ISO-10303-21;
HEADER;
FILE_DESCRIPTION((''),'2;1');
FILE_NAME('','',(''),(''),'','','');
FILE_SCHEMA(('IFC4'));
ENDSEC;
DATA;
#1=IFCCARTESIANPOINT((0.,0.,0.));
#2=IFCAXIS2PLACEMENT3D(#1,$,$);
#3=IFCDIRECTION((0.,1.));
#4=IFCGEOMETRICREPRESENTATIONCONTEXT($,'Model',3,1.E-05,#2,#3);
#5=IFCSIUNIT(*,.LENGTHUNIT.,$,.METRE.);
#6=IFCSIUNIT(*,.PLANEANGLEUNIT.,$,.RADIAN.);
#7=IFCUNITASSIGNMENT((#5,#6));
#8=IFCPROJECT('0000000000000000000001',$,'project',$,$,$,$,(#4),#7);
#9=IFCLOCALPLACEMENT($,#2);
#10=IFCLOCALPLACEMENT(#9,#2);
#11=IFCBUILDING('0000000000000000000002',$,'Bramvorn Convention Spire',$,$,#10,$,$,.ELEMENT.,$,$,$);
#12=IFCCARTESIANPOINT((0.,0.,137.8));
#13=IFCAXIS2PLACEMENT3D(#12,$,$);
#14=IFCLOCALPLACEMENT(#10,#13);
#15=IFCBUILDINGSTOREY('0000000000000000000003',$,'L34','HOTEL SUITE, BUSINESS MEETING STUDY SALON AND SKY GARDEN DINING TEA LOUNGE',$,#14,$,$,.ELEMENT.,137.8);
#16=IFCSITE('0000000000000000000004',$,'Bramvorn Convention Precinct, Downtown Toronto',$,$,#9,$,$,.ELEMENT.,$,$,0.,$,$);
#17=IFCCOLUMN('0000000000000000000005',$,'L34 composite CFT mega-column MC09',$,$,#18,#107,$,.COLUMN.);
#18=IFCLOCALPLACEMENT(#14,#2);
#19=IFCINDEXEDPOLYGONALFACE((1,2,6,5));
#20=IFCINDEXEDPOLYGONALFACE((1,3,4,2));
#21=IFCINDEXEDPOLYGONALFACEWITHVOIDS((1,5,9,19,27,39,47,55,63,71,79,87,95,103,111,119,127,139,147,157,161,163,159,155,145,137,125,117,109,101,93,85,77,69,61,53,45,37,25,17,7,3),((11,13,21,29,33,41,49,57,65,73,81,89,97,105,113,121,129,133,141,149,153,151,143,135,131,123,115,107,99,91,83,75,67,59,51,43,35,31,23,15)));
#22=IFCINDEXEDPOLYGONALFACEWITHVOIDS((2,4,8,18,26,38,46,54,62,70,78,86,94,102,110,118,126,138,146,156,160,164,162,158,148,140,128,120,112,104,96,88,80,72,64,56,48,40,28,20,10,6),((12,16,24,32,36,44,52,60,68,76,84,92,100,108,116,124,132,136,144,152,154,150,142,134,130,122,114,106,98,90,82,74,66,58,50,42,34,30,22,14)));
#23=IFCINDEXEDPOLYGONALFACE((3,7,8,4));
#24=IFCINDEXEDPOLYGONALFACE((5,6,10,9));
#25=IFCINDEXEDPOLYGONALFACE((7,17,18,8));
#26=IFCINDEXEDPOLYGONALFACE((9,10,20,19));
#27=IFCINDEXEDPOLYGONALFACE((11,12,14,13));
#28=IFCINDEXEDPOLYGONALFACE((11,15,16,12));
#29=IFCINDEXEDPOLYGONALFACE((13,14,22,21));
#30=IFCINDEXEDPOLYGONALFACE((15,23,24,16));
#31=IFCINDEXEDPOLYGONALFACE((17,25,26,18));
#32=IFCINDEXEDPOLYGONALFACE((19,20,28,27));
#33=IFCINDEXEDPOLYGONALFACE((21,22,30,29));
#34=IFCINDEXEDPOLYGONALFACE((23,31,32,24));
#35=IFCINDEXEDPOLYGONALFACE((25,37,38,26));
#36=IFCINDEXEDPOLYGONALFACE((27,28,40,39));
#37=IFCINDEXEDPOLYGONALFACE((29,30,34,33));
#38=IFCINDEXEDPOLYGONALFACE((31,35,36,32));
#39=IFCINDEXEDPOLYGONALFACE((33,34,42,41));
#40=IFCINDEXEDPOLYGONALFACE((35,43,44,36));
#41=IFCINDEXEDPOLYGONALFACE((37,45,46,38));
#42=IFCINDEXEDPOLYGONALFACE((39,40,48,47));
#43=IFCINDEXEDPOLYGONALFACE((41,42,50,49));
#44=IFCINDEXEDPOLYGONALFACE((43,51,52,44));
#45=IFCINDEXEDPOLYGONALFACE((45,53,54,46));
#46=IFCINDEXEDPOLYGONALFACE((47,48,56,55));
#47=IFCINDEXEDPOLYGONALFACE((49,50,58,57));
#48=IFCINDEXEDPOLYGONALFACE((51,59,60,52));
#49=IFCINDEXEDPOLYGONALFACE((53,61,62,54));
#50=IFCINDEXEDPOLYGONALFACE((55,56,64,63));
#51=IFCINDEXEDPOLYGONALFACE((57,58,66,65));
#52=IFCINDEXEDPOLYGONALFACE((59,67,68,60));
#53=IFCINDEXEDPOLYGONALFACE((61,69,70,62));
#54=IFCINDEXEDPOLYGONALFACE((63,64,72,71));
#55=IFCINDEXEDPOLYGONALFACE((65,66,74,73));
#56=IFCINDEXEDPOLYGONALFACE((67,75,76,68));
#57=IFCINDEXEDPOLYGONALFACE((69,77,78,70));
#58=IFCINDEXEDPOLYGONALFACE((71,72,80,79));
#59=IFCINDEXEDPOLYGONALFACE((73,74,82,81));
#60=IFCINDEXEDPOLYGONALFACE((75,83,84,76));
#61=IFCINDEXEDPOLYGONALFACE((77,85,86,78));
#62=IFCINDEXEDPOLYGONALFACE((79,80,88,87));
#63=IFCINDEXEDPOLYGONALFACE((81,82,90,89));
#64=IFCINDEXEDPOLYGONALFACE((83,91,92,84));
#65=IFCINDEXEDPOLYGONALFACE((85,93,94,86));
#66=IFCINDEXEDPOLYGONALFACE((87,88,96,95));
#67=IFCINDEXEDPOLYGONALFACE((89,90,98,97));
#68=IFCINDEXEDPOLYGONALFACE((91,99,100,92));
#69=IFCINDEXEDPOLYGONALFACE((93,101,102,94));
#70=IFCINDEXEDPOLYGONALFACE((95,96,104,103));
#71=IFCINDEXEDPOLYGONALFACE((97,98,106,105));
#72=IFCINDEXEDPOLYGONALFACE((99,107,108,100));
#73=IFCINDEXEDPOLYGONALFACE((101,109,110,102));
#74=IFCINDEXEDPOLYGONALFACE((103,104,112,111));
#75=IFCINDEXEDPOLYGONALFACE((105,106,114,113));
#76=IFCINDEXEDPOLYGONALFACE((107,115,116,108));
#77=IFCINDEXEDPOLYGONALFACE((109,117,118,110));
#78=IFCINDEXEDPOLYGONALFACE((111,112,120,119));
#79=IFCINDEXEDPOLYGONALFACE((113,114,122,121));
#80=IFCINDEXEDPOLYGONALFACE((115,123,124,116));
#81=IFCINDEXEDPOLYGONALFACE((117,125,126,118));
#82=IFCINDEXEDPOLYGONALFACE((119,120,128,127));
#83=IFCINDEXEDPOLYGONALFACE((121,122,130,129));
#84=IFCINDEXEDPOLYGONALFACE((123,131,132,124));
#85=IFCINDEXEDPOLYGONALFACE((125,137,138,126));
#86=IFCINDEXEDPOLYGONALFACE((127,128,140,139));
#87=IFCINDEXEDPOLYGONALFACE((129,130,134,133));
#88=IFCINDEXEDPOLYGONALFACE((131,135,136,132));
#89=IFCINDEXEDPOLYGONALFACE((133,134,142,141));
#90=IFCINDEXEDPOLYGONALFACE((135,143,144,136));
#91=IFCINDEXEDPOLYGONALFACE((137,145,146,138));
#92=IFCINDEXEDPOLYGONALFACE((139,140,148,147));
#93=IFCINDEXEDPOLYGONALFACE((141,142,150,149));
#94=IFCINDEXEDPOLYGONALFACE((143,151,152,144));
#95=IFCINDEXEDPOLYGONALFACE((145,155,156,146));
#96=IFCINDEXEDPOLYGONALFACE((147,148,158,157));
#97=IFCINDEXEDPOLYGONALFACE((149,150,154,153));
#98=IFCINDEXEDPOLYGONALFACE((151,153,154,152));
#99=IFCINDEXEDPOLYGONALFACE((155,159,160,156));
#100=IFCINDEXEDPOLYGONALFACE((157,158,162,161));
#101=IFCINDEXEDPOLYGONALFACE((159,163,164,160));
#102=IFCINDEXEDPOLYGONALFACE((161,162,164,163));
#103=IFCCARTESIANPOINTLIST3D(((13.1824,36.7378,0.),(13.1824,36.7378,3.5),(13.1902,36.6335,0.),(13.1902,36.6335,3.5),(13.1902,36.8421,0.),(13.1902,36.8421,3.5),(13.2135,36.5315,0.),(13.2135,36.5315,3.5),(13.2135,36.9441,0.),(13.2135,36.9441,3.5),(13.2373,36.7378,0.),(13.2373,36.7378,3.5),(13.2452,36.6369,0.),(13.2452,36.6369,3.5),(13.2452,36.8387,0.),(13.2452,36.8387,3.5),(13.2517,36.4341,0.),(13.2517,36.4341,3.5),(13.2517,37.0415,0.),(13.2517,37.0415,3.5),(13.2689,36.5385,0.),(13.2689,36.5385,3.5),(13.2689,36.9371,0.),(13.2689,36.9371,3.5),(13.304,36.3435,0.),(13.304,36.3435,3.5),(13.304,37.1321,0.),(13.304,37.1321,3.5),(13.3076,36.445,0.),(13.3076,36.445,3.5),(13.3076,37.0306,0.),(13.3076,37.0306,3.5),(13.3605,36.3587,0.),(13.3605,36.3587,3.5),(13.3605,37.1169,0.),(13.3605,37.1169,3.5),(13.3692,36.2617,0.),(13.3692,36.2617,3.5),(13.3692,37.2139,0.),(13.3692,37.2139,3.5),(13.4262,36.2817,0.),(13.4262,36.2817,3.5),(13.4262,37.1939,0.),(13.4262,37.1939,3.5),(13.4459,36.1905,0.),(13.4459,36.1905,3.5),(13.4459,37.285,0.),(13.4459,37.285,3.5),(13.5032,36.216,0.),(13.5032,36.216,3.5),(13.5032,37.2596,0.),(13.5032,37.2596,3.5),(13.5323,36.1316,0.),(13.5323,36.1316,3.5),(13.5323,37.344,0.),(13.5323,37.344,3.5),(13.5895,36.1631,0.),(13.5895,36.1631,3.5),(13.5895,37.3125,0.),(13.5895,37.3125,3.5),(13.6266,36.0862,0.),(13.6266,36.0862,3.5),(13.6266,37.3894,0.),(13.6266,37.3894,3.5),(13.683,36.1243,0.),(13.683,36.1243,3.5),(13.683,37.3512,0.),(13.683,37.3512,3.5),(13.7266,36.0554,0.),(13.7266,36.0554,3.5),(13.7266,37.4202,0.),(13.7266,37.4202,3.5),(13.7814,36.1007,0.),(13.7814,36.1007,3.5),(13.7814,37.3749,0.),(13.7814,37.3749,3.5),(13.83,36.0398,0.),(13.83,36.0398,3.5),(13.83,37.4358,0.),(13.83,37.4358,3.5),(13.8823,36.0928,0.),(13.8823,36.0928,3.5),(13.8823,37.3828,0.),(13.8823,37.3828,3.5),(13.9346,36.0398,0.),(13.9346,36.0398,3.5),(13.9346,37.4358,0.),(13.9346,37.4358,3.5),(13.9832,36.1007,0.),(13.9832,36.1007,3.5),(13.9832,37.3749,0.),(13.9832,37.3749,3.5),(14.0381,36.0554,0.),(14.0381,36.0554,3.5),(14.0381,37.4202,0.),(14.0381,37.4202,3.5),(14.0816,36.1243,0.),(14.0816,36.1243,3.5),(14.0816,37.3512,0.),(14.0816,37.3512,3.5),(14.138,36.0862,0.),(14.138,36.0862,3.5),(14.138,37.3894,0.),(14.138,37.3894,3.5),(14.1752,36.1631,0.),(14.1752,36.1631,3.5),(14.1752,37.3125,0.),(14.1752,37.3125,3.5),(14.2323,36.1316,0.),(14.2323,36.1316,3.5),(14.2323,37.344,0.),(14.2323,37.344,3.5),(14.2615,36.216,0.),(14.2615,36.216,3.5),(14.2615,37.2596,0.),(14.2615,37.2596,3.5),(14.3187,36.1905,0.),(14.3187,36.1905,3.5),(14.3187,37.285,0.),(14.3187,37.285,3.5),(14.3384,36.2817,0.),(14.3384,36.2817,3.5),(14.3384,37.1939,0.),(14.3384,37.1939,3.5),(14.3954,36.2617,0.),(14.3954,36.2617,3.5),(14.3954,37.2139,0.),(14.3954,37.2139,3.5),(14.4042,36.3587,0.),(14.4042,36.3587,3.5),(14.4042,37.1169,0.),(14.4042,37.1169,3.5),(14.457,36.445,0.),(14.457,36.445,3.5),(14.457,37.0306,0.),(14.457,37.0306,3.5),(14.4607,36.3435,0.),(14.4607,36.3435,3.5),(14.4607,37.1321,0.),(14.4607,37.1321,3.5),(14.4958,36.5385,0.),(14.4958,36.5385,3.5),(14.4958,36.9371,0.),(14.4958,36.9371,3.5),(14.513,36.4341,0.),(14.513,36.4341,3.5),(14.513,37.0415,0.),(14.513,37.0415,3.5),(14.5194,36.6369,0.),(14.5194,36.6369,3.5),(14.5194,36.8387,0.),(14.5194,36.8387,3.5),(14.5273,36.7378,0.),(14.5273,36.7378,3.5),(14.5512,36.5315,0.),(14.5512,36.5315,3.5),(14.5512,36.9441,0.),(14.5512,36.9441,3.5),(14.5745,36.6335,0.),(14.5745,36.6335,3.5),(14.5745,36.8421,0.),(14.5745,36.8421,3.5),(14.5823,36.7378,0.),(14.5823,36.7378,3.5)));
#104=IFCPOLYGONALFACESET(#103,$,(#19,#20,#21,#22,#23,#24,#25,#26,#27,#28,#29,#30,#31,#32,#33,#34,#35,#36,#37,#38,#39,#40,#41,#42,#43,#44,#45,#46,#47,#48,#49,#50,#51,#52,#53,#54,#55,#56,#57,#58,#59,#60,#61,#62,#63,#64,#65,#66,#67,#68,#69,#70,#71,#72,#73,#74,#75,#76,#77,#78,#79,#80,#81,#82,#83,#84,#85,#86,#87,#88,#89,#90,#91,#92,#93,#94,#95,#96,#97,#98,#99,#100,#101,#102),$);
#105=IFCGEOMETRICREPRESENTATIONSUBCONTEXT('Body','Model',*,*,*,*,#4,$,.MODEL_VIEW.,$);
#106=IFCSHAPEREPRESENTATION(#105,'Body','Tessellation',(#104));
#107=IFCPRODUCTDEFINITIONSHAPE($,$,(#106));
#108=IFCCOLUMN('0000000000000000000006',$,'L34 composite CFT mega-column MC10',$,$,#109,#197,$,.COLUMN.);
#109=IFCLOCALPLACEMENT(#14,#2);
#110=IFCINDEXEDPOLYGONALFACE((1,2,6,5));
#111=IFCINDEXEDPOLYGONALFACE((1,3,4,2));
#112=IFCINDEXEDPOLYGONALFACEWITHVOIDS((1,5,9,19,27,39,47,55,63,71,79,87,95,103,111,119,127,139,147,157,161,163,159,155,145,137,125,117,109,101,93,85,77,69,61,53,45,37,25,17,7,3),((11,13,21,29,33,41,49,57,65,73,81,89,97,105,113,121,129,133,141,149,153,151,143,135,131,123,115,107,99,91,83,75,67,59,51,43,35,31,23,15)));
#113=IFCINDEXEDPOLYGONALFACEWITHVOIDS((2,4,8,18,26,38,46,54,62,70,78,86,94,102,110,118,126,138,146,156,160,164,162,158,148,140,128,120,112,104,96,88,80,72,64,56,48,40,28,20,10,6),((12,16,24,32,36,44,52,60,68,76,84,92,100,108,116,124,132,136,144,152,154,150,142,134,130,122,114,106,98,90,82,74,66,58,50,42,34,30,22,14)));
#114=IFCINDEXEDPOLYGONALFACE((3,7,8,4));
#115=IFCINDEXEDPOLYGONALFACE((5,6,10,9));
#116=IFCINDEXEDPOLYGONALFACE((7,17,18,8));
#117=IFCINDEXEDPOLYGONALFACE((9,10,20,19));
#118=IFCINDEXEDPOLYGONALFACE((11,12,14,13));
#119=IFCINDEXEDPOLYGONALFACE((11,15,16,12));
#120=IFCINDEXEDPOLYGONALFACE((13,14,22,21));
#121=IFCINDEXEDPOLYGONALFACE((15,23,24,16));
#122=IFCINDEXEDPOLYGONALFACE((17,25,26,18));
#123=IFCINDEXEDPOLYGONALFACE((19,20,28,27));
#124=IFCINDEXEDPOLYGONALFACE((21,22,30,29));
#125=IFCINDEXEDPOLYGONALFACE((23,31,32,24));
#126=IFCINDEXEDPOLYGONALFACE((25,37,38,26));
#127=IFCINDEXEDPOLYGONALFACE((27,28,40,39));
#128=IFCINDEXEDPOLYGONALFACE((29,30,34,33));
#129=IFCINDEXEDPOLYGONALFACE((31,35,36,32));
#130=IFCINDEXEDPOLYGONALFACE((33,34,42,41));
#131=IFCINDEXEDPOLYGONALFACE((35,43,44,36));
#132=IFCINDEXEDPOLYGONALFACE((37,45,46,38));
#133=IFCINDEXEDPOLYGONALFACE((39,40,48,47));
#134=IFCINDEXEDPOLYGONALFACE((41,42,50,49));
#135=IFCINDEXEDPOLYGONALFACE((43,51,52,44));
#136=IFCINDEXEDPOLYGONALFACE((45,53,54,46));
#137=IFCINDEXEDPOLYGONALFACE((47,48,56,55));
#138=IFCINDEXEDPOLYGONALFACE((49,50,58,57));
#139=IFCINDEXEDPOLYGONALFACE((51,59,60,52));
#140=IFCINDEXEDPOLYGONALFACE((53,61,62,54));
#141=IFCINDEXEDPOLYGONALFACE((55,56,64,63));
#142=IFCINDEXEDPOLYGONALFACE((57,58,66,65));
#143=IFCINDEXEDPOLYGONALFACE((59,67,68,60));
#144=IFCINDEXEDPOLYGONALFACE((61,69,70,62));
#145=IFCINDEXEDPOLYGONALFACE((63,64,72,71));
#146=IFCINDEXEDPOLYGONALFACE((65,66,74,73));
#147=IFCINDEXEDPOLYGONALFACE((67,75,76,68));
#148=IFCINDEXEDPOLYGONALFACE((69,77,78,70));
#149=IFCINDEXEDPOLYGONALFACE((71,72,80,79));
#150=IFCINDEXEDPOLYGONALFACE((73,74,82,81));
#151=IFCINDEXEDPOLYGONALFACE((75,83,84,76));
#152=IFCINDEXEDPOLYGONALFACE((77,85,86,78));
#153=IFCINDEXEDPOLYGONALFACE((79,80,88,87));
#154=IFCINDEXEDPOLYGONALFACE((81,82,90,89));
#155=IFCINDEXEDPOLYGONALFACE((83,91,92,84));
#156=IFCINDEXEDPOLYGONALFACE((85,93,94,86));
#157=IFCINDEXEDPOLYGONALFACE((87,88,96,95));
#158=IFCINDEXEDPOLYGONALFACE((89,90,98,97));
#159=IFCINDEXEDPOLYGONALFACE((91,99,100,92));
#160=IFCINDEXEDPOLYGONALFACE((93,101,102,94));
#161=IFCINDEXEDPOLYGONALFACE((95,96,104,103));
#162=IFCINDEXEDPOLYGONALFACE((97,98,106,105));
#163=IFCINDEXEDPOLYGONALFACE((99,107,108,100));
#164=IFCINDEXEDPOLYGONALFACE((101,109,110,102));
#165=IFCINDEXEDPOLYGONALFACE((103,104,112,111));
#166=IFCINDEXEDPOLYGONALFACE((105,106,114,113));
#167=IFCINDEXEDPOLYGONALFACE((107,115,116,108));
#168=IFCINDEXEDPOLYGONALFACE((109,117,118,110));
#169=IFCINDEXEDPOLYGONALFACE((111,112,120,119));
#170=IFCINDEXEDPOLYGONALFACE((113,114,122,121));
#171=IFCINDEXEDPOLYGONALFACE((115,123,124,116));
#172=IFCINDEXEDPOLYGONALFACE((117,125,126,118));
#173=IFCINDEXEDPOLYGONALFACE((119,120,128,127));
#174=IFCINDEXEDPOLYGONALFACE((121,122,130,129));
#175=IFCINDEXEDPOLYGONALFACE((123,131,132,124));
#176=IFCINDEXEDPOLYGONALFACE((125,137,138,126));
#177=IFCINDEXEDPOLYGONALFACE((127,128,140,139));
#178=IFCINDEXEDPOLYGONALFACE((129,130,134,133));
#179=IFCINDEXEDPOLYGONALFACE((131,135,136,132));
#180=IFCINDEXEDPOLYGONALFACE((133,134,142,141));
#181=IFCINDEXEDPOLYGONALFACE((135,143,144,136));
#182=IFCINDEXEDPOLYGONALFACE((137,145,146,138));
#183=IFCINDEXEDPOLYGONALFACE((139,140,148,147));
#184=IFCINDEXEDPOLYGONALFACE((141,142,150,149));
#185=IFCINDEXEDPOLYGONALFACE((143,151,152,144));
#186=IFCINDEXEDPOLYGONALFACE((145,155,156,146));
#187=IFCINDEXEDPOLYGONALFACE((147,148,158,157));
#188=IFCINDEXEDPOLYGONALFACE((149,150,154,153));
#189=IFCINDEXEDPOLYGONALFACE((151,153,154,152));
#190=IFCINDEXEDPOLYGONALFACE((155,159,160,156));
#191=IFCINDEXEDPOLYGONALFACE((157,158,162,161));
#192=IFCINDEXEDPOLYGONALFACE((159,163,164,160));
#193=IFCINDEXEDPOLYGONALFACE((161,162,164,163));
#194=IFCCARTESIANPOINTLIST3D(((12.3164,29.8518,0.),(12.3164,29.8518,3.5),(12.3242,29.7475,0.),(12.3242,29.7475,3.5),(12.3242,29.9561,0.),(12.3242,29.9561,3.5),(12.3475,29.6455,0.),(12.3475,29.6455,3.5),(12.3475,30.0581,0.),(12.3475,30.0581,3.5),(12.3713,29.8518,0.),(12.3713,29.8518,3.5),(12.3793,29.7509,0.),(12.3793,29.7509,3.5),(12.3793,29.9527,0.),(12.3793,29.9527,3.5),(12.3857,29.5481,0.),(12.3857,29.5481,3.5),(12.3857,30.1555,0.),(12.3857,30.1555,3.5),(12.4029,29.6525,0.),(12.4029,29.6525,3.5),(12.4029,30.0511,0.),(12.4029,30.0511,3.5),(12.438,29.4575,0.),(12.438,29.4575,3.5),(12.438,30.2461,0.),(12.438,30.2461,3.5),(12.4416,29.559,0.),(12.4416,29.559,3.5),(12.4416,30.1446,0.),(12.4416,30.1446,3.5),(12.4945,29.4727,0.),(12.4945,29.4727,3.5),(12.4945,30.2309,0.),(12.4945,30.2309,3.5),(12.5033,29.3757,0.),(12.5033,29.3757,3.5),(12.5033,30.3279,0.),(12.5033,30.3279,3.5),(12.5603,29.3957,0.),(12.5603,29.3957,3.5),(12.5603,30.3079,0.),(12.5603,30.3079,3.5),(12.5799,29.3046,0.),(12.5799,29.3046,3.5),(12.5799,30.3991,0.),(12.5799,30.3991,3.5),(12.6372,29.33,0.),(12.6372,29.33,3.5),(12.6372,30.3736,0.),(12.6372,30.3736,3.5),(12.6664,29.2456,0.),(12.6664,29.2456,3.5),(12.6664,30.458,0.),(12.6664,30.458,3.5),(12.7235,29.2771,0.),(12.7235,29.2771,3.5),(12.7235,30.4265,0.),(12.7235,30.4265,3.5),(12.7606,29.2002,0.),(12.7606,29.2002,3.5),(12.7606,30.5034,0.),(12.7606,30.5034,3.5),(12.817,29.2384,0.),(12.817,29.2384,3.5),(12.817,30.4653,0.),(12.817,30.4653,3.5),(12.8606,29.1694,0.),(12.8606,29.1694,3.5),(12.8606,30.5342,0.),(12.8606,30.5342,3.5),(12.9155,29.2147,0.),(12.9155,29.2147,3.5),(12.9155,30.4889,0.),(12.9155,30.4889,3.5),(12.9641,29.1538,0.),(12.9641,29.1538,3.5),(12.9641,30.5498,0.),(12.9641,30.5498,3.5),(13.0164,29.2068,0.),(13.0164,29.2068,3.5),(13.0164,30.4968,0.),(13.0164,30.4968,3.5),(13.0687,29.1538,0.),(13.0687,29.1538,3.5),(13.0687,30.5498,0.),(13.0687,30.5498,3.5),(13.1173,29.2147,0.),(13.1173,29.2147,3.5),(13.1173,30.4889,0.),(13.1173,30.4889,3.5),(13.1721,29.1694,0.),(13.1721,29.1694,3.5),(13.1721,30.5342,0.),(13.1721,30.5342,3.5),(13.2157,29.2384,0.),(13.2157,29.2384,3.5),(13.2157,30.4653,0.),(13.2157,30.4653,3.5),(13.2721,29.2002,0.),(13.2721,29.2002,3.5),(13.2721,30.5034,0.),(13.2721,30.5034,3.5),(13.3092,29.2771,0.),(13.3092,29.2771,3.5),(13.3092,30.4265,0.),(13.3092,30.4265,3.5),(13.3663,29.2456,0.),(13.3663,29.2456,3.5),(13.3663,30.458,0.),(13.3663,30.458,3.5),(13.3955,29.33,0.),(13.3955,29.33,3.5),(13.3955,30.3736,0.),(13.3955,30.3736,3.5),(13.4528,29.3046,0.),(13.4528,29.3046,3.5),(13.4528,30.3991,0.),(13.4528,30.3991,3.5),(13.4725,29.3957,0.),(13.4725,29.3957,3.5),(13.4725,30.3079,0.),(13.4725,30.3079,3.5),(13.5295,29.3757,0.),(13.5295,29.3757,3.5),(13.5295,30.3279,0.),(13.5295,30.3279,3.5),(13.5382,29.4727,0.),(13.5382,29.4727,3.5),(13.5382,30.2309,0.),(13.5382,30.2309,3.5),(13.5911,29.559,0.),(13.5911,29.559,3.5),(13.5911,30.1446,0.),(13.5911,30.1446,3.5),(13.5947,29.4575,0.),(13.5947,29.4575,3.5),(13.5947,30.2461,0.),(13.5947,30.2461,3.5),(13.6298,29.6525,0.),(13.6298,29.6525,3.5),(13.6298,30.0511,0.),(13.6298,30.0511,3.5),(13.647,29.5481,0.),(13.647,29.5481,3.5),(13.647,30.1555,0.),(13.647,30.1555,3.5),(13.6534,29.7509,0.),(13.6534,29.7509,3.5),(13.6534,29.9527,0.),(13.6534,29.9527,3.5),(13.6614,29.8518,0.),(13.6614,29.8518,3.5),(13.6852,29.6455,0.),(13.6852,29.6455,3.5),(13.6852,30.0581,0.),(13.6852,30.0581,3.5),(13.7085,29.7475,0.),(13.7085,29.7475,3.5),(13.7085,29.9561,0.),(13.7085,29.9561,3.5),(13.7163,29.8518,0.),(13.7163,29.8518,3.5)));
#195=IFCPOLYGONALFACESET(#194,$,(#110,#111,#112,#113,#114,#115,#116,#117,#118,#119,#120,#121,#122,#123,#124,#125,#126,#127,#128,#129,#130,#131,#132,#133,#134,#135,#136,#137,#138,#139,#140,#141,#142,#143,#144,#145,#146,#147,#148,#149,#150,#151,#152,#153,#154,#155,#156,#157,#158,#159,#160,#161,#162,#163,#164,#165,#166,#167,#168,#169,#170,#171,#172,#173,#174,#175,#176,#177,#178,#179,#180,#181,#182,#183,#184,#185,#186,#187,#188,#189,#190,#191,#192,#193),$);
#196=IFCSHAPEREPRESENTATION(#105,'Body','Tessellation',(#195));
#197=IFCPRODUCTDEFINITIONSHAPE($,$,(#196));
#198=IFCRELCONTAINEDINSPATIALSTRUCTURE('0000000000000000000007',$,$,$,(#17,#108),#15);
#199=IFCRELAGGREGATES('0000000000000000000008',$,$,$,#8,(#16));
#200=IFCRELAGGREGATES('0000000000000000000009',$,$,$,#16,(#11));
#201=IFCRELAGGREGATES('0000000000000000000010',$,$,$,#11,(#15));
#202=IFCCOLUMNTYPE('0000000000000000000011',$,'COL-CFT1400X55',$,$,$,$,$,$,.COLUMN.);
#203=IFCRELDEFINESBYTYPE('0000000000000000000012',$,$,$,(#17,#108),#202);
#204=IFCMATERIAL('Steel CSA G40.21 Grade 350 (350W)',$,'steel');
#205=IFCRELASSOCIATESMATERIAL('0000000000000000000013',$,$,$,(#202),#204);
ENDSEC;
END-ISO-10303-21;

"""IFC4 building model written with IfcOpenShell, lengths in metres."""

from ifc_helpers import new_model, si_unit, direction, frame, origin, origin_2d, place, context, subcontext, project, spatial, hollow_circle, extrude, material, material_profile, profile_set, type_object, element, save


model = new_model("IFC4")

# Units and contexts
model_context = context("Model", 3, precision=1e-05, world=origin(), true_north=direction((0.0, 1.0)))
body_context = subcontext(model_context, "Body", "Model", "MODEL_VIEW")
ifc_project = project(units=[si_unit("LENGTHUNIT", "METRE"), si_unit("PLANEANGLEUNIT", "RADIAN")], contexts=[model_context])

# Site, building, storey
site_placement = place(None, origin())
site = spatial("IfcSite", under=ifc_project, at=site_placement, Name="Bramvorn Convention Precinct, Downtown Toronto", CompositionType="ELEMENT", RefElevation=0.0)
building_placement = place(site_placement, origin())
building = spatial("IfcBuilding", under=site, at=building_placement, Name="Bramvorn Convention Spire", CompositionType="ELEMENT")
storey_placement = place(building_placement, frame((0.0, 0.0, 137.8)))
storey = spatial("IfcBuildingStorey", under=building, at=storey_placement, Name="L34", Description="HOTEL SUITE, BUSINESS MEETING STUDY SALON AND SKY GARDEN DINING TEA LOUNGE", CompositionType="ELEMENT", Elevation=137.8)

# Columns
ifc_material_1 = material(Name="Steel CSA G40.21 Grade 350 (350W)", Category="steel")
ifc_material_profile_1 = material_profile(ifc_material_1, hollow_circle(Radius=0.7, WallThickness=0.0549, at=origin_2d()))
ifc_profile_set_1 = profile_set([ifc_material_profile_1], Name="Steel CSA G40.21 Grade 350 (350W) - CFT1400X55")
column_type = type_object("IfcColumnType", Name="COL-CFT1400X55", PredefinedType="COLUMN", material=ifc_profile_set_1)
for number, where, z_axis, x_axis, name in (
    (1, (13.8823, 36.7378, 0.0), (0.0, 0.0, 1.0), (1.0, 0.0, 0.0), "L34 composite CFT mega-column MC09"),
    (2, (13.0164, 29.8518, 0.0), (0.0, 0.0, 1.0), (1.0, 0.0, 0.0), "L34 composite CFT mega-column MC10"),
):
    element("IfcColumn", number, at=place(storey_placement, frame(where, z_axis=z_axis, x_axis=x_axis)), inside=storey, type_object=column_type, Name=name, PredefinedType="COLUMN", context=body_context, shape_type="SweptSolid", body=[
        extrude(hollow_circle(Radius=0.7, WallThickness=0.0549, at=origin_2d()), origin(), (0.0, 0.0, 1.0), 3.5),
    ])

save(model, "model.ifc")
